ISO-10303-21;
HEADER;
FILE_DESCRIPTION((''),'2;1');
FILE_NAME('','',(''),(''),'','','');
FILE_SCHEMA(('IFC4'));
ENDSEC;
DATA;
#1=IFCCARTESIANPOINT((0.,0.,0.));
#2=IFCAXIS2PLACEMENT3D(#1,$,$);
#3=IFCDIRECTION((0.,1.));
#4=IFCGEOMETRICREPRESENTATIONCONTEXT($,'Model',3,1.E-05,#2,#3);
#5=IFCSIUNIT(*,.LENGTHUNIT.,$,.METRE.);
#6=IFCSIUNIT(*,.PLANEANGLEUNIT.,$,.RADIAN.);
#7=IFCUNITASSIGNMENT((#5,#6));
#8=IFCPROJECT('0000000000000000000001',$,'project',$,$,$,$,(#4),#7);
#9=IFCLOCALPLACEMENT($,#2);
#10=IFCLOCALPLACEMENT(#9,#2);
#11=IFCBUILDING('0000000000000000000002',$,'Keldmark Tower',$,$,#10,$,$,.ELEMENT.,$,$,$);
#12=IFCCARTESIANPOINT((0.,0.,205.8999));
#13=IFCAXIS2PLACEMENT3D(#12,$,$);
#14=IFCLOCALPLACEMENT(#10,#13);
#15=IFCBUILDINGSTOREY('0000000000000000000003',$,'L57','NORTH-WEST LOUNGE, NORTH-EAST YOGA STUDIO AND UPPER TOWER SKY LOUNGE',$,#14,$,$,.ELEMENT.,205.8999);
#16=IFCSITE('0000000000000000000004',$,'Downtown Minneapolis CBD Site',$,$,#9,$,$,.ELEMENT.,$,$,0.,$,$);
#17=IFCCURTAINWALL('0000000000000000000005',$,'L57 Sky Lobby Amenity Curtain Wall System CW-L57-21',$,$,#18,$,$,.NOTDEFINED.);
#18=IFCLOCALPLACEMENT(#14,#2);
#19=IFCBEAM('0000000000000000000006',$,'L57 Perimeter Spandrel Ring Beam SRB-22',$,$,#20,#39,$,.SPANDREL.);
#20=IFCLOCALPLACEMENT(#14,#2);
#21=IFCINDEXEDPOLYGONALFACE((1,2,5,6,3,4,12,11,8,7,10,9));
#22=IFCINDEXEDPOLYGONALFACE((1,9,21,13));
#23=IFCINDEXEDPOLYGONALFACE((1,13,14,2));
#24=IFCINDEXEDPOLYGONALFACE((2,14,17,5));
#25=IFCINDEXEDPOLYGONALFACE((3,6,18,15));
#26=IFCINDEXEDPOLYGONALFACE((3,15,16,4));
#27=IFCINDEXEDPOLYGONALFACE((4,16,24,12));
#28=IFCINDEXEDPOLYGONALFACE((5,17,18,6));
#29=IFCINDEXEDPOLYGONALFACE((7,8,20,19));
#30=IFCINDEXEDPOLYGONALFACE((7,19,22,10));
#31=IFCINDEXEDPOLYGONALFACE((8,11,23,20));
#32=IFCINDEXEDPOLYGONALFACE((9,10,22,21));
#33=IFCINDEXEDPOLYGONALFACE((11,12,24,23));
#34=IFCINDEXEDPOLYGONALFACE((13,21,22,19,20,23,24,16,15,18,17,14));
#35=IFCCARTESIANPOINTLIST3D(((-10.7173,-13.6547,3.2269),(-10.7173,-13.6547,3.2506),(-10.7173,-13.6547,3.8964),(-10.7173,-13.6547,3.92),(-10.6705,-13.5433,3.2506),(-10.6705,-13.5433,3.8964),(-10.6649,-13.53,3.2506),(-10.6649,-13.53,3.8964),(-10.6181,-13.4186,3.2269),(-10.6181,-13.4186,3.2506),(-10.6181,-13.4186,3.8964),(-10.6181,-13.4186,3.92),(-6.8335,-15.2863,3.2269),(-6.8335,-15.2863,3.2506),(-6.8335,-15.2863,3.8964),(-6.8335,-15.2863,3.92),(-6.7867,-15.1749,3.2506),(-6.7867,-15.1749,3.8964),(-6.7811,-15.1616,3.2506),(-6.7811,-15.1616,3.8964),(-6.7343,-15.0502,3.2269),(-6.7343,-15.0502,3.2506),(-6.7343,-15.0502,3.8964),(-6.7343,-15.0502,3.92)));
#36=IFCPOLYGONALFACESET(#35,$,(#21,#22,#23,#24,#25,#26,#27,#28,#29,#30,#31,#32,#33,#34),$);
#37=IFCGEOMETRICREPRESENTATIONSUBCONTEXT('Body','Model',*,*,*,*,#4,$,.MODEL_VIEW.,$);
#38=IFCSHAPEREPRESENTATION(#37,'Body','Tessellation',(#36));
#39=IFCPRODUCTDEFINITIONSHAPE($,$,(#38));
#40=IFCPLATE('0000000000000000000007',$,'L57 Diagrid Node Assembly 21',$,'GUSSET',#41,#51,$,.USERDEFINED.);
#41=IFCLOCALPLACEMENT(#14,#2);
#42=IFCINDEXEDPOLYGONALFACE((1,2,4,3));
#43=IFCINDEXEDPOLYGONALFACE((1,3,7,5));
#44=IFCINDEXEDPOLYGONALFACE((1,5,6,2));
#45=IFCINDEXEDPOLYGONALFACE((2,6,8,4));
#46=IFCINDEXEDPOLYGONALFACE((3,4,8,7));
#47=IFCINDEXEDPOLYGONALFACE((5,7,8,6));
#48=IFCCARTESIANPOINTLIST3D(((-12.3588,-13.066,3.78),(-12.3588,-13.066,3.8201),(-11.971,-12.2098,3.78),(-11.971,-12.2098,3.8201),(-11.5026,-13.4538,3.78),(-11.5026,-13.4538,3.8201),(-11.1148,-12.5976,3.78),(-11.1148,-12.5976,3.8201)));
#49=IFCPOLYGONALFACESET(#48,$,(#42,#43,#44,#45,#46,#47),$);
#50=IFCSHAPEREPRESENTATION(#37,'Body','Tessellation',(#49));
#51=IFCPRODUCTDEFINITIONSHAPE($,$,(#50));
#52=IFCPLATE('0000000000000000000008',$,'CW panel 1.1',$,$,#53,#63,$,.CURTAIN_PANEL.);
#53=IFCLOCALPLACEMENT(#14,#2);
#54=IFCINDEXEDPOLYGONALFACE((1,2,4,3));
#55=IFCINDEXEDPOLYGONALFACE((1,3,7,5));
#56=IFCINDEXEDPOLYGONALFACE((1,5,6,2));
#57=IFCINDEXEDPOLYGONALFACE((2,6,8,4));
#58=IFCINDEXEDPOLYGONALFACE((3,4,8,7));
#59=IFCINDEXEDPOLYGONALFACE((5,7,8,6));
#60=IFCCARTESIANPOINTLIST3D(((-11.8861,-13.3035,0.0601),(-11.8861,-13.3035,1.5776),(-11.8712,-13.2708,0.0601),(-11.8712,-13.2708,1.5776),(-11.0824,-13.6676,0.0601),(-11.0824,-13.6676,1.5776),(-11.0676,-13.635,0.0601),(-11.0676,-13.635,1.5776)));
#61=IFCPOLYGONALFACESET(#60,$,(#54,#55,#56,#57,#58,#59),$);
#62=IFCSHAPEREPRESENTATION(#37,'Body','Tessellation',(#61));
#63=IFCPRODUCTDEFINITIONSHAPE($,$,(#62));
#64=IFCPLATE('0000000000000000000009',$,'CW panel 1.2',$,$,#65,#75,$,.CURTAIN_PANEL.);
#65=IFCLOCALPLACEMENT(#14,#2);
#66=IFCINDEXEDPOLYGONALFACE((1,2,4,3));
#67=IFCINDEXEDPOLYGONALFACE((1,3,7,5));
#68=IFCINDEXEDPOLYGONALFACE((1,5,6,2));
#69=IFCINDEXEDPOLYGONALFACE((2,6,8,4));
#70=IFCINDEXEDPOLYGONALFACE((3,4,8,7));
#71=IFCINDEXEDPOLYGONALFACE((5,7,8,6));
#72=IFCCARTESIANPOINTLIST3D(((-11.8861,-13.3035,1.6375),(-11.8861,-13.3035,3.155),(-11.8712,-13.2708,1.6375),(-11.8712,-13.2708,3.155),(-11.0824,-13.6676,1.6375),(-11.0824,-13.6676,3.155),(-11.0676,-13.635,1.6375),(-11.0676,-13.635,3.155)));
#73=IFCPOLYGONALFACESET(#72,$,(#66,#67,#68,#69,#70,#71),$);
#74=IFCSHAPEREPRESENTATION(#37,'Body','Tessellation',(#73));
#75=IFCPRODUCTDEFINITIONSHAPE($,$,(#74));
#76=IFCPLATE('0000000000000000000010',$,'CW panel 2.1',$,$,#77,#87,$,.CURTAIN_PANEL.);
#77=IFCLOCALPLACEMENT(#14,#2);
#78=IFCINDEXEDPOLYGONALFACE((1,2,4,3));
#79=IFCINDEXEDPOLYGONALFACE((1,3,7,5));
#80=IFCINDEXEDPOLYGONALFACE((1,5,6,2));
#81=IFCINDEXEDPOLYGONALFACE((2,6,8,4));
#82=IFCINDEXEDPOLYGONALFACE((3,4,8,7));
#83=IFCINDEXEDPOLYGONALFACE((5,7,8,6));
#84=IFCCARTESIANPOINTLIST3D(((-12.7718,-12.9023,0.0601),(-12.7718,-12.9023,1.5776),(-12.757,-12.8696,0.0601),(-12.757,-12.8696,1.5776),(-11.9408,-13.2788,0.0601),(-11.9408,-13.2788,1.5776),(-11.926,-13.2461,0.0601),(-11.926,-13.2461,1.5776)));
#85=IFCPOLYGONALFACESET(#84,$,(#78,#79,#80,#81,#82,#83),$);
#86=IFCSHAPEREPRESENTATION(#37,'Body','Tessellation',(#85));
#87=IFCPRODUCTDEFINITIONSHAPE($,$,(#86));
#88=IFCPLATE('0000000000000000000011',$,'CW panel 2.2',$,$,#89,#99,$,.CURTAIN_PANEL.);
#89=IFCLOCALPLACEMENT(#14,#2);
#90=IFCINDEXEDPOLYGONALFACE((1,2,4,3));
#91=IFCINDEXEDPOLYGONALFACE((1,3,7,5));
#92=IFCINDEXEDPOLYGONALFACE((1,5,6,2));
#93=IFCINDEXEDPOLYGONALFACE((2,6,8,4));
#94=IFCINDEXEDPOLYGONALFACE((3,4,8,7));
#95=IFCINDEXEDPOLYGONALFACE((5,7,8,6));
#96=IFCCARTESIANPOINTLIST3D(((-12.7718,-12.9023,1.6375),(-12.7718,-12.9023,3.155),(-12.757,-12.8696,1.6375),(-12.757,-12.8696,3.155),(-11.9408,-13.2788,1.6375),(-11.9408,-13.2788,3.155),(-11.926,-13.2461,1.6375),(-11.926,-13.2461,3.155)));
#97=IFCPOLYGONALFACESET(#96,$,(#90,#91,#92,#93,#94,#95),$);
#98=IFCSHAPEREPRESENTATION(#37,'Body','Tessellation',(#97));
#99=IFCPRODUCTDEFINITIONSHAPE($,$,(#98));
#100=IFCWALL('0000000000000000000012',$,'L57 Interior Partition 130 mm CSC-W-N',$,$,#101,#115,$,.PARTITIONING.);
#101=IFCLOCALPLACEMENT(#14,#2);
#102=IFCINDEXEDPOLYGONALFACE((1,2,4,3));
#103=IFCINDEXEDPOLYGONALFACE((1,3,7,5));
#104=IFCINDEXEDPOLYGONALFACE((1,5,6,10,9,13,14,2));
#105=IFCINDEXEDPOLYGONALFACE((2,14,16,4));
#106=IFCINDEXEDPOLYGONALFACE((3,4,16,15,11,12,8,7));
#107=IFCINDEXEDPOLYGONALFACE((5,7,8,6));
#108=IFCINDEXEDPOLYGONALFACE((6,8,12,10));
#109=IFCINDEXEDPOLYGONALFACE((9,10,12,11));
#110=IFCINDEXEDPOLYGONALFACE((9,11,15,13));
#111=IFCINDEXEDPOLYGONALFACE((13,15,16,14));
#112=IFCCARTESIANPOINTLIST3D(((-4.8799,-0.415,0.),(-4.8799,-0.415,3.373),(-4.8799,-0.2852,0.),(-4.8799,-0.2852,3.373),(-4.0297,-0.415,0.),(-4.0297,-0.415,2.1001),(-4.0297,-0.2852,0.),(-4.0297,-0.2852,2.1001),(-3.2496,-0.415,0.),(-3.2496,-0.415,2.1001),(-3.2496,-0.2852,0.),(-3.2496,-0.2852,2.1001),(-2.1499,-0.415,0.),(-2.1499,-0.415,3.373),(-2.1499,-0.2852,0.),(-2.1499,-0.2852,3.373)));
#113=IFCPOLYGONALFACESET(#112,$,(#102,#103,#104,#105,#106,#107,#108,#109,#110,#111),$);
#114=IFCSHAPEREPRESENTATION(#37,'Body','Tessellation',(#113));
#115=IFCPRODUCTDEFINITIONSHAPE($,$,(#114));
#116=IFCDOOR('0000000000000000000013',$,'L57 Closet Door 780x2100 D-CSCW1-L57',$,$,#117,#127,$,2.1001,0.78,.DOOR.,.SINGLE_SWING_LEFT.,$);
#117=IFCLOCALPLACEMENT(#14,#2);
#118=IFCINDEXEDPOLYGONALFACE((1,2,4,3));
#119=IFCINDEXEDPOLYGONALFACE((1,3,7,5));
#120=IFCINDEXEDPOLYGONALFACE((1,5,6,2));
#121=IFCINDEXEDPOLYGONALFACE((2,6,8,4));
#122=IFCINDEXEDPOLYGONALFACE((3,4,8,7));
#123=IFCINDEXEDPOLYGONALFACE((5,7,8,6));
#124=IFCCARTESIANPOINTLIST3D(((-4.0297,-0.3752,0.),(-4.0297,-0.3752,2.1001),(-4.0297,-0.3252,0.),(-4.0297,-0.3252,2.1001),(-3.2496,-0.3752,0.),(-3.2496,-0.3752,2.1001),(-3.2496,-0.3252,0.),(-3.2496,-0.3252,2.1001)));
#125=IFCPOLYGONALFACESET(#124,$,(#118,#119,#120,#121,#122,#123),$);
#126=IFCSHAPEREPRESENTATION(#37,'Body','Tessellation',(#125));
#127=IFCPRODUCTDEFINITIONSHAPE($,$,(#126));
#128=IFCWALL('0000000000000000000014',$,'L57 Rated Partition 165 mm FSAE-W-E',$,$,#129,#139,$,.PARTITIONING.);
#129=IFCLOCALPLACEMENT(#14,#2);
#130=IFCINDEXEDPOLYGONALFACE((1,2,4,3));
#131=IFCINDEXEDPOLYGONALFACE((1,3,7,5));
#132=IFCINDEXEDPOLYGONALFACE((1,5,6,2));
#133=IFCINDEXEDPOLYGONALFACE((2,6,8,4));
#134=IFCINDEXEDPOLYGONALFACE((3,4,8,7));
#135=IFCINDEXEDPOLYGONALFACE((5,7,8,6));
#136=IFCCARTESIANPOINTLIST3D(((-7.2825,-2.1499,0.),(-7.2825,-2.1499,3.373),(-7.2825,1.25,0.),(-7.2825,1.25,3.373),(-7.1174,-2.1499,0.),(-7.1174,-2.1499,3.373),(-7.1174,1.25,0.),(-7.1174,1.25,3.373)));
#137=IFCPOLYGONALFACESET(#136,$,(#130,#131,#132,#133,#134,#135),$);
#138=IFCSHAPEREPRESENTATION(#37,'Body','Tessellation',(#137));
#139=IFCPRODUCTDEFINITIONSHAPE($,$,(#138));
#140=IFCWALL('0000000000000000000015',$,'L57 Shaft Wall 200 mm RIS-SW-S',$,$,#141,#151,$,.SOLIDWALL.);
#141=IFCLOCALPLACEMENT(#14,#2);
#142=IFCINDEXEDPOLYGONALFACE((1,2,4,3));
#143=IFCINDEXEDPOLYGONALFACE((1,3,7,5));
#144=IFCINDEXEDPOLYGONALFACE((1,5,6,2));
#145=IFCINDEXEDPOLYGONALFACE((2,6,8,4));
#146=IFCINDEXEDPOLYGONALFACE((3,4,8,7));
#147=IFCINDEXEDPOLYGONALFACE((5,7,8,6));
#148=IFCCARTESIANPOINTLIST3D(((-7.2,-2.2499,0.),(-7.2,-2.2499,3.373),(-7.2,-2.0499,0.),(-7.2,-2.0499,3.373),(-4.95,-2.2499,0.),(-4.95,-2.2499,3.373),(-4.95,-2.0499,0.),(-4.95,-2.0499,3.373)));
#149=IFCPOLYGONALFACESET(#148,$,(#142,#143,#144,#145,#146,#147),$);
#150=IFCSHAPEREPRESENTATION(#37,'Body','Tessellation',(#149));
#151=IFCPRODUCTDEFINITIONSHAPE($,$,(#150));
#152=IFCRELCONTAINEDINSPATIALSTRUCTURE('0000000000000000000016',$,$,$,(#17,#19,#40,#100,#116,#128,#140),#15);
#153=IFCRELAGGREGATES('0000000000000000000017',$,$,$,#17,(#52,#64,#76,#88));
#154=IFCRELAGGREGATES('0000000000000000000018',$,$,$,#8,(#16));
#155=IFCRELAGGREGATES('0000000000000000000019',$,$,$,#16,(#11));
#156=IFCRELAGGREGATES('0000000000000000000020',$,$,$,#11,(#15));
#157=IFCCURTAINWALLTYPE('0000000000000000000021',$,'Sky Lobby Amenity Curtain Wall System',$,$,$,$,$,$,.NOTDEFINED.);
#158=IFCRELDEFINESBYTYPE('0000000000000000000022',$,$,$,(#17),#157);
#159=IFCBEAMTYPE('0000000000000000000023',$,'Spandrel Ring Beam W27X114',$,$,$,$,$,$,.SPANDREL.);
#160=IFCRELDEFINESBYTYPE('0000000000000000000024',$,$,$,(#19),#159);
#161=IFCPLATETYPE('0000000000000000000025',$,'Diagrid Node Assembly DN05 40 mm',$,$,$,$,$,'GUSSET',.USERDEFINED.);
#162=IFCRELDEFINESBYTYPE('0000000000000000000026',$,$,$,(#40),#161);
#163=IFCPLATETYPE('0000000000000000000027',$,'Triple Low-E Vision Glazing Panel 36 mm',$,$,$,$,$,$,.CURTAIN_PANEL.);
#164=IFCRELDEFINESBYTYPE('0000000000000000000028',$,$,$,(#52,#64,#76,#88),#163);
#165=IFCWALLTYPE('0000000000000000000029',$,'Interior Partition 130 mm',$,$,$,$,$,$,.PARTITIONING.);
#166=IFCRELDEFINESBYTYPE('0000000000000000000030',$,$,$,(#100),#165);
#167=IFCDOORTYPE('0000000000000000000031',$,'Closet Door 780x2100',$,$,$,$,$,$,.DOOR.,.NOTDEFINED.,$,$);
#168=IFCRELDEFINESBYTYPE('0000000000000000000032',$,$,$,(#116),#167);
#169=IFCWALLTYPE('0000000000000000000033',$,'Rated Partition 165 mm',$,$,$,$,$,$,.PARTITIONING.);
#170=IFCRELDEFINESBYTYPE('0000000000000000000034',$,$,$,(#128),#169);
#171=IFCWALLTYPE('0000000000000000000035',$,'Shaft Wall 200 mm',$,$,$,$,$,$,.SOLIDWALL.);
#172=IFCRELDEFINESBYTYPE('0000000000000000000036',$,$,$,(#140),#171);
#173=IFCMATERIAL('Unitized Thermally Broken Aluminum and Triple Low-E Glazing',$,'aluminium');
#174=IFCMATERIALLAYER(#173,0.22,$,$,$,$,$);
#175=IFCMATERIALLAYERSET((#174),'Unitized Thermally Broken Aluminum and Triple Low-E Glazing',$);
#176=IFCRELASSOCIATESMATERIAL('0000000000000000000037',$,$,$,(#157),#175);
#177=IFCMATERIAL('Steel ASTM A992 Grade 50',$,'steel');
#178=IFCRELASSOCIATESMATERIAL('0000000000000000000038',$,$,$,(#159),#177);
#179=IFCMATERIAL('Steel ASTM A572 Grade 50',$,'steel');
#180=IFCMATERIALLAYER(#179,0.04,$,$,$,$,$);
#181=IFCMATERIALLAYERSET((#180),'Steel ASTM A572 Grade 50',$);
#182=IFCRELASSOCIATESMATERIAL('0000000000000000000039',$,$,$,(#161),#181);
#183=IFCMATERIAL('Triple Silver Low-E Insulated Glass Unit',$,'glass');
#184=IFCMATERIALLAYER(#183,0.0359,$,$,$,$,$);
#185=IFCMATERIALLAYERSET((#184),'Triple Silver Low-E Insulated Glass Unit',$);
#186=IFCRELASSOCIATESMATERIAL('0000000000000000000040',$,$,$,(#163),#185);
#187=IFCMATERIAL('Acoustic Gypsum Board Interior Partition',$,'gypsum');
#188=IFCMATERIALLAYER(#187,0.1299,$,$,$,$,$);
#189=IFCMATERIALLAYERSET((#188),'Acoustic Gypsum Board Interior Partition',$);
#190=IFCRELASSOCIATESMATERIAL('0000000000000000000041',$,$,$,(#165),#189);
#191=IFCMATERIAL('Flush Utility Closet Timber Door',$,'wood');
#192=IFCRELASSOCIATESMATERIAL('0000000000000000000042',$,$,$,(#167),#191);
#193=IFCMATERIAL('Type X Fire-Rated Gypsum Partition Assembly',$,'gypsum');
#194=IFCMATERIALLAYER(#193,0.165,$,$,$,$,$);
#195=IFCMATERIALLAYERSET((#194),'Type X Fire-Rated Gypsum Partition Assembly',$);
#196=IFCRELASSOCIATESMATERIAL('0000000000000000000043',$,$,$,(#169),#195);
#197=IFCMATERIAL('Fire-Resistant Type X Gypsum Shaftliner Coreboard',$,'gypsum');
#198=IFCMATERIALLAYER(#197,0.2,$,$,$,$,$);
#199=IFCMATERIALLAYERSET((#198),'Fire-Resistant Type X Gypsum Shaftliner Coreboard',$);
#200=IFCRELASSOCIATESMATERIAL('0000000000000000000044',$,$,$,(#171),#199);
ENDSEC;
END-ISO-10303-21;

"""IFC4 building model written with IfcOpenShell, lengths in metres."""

from ifc_helpers import new_model, si_unit, direction, frame, frame_2d, origin, origin_2d, place, context, subcontext, project, spatial, rectangle, i_section, extrude, material, layer, layer_set, material_profile, profile_set, type_object, element, fill, aggregate, save


model = new_model("IFC4")

# Units and contexts
model_context = context("Model", 3, precision=1e-05, world=origin(), true_north=direction((0.0, 1.0)))
body_context = subcontext(model_context, "Body", "Model", "MODEL_VIEW")
ifc_project = project(units=[si_unit("LENGTHUNIT", "METRE"), si_unit("PLANEANGLEUNIT", "RADIAN")], contexts=[model_context])

# Site, building, storey
site_placement = place(None, origin())
site = spatial("IfcSite", under=ifc_project, at=site_placement, Name="Downtown Minneapolis CBD Site", CompositionType="ELEMENT", RefElevation=0.0)
building_placement = place(site_placement, origin())
building = spatial("IfcBuilding", under=site, at=building_placement, Name="Keldmark Tower", CompositionType="ELEMENT")
storey_placement = place(building_placement, frame((0.0, 0.0, 205.8999)))
storey = spatial("IfcBuildingStorey", under=building, at=storey_placement, Name="L57", Description="NORTH-WEST LOUNGE, NORTH-EAST YOGA STUDIO AND UPPER TOWER SKY LOUNGE", CompositionType="ELEMENT", Elevation=205.8999)

# Curtain wall
ifc_material_1 = material(Name="Unitized Thermally Broken Aluminum and Triple Low-E Glazing", Category="aluminium")
ifc_layer_1 = layer(ifc_material_1, 0.22)
ifc_layer_set_1 = layer_set([ifc_layer_1], Name="Unitized Thermally Broken Aluminum and Triple Low-E Glazing")
curtain_wall_type = type_object("IfcCurtainWallType", Name="Sky Lobby Amenity Curtain Wall System", PredefinedType="NOTDEFINED", material=ifc_layer_set_1)
curtain_wall_placement = place(storey_placement, origin())
curtain_wall = element("IfcCurtainWall", 1, at=curtain_wall_placement, inside=storey, type_object=curtain_wall_type, Name="L57 Sky Lobby Amenity Curtain Wall System CW-L57-21", PredefinedType="NOTDEFINED")

# Beam
ifc_material_2 = material(Name="Steel ASTM A992 Grade 50", Category="steel")
ifc_material_profile_1 = material_profile(ifc_material_2, i_section(OverallWidth=0.2561, OverallDepth=0.6931, WebThickness=0.0144, FlangeThickness=0.0237, at=origin_2d()), Name="W27X114")
ifc_profile_set_1 = profile_set([ifc_material_profile_1], Name="Steel ASTM A992 Grade 50")
beam_type_1 = type_object("IfcBeamType", Name="Spandrel Ring Beam W27X114", PredefinedType="SPANDREL", material=ifc_profile_set_1)
beam_1_placement = place(storey_placement, frame((-10.6677, -13.5366, 3.5735), z_axis=(0.921948, -0.387313, 0.0), x_axis=(0.387313, 0.921948, 0.0)))
element("IfcBeam", 2, at=beam_1_placement, inside=storey, type_object=beam_type_1, Name="L57 Perimeter Spandrel Ring Beam SRB-22", PredefinedType="SPANDREL", context=body_context, shape_type="SweptSolid", body=[
    extrude(i_section(OverallWidth=0.2561, OverallDepth=0.6931, WebThickness=0.0144, FlangeThickness=0.0237, at=origin_2d()), origin(), (0.0, 0.0, 1.0), 4.2126),
])

# Plates
ifc_material_3 = material(Name="Steel ASTM A572 Grade 50", Category="steel")
ifc_layer_2 = layer(ifc_material_3, 0.04)
ifc_layer_set_2 = layer_set([ifc_layer_2], Name="Steel ASTM A572 Grade 50")
plate_type_1 = type_object("IfcPlateType", Name="Diagrid Node Assembly DN05 40 mm", ElementType="GUSSET", PredefinedType="USERDEFINED", material=ifc_layer_set_2)
plate_1_placement = place(storey_placement, frame((-11.7368, -12.8318, 3.78), z_axis=(0.0, 0.0, 1.0), x_axis=(0.9109, -0.412628, 0.0)))
element("IfcPlate", 3, at=plate_1_placement, inside=storey, type_object=plate_type_1, Name="L57 Diagrid Node Assembly 21", ObjectType="GUSSET", PredefinedType="USERDEFINED", context=body_context, shape_type="SweptSolid", body=[
    extrude(rectangle(XDim=0.9399, YDim=0.9399, at=origin_2d()), origin(), (0.0, 0.0, 1.0), 0.04),
])
ifc_material_4 = material(Name="Triple Silver Low-E Insulated Glass Unit", Category="glass")
ifc_layer_3 = layer(ifc_material_4, 0.0359)
ifc_layer_set_3 = layer_set([ifc_layer_3], Name="Triple Silver Low-E Insulated Glass Unit")
plate_type_2 = type_object("IfcPlateType", Name="Triple Low-E Vision Glazing Panel 36 mm", PredefinedType="CURTAIN_PANEL", material=ifc_layer_set_3)
plate_2_placement = place(storey_placement, frame((-11.4768, -13.4692, 0.0601), z_axis=(0.0, 0.0, 1.0), x_axis=(-0.91087, 0.412693, 0.0)))
plate_2 = element("IfcPlate", 4, at=plate_2_placement, type_object=plate_type_2, Name="CW panel 1.1", PredefinedType="CURTAIN_PANEL", context=body_context, shape_type="SweptSolid", body=[
    extrude(rectangle(XDim=0.8823, YDim=0.0359, at=origin_2d()), origin(), (0.0, 0.0, 1.0), 1.5176),
])
plate_3_placement = place(storey_placement, frame((-11.4768, -13.4692, 1.6375), z_axis=(0.0, 0.0, 1.0), x_axis=(-0.91087, 0.412693, 0.0)))
plate_3 = element("IfcPlate", 5, at=plate_3_placement, type_object=plate_type_2, Name="CW panel 1.2", PredefinedType="CURTAIN_PANEL", context=body_context, shape_type="SweptSolid", body=[
    extrude(rectangle(XDim=0.8823, YDim=0.0359, at=origin_2d()), origin(), (0.0, 0.0, 1.0), 1.5176),
])
plate_4_placement = place(storey_placement, frame((-12.3489, -13.0742, 0.0601), z_axis=(0.0, 0.0, 1.0), x_axis=(-0.91087, 0.412693, 0.0)))
plate_4 = element("IfcPlate", 6, at=plate_4_placement, type_object=plate_type_2, Name="CW panel 2.1", PredefinedType="CURTAIN_PANEL", context=body_context, shape_type="SweptSolid", body=[
    extrude(rectangle(XDim=0.9124, YDim=0.0359, at=origin_2d()), origin(), (0.0, 0.0, 1.0), 1.5176),
])
plate_5_placement = place(storey_placement, frame((-12.3489, -13.0742, 1.6375), z_axis=(0.0, 0.0, 1.0), x_axis=(-0.91087, 0.412693, 0.0)))
plate_5 = element("IfcPlate", 7, at=plate_5_placement, type_object=plate_type_2, Name="CW panel 2.2", PredefinedType="CURTAIN_PANEL", context=body_context, shape_type="SweptSolid", body=[
    extrude(rectangle(XDim=0.9124, YDim=0.0359, at=origin_2d()), origin(), (0.0, 0.0, 1.0), 1.5176),
])
aggregate(curtain_wall, [plate_2, plate_3, plate_4, plate_5])

# Wall, opening, door
ifc_material_5 = material(Name="Acoustic Gypsum Board Interior Partition", Category="gypsum")
ifc_layer_4 = layer(ifc_material_5, 0.1299)
ifc_layer_set_4 = layer_set([ifc_layer_4], Name="Acoustic Gypsum Board Interior Partition")
wall_type_1 = type_object("IfcWallType", Name="Interior Partition 130 mm", PredefinedType="PARTITIONING", material=ifc_layer_set_4)
wall_1_placement = place(storey_placement, frame((-4.8799, -0.3501, 0.0), z_axis=(0.0, 0.0, 1.0), x_axis=(1.0, 0.0, 0.0)))
wall_1 = element("IfcWall", 8, at=wall_1_placement, inside=storey, type_object=wall_type_1, Name="L57 Interior Partition 130 mm CSC-W-N", PredefinedType="PARTITIONING", context=body_context, shape_type="SweptSolid", body=[
    extrude(rectangle(XDim=2.73, YDim=0.1299, at=frame_2d((1.365, 0.0))), origin(), (0.0, 0.0, 1.0), 3.373),
])
opening_1_placement = place(wall_1_placement, frame((0.8501, 0.0, 0.0)))
opening_1 = element("IfcOpeningElement", 9, at=opening_1_placement, cuts=wall_1, PredefinedType="OPENING", context=body_context, shape_type="SweptSolid", body=[
    extrude(rectangle(XDim=0.78, YDim=2.1001, at=frame_2d((0.3901, 1.05))), frame((0.0, 0.075, 0.0), z_axis=(0.0, -1.0, 0.0), x_axis=(1.0, 0.0, 0.0)), (0.0, 0.0, 1.0), 0.1499),
])
ifc_material_6 = material(Name="Flush Utility Closet Timber Door", Category="wood")
door_type_1 = type_object("IfcDoorType", Name="Closet Door 780x2100", OperationType="NOTDEFINED", PredefinedType="DOOR", material=ifc_material_6)
door_1_placement = place(opening_1_placement, origin())
door_1 = element("IfcDoor", 10, at=door_1_placement, inside=storey, type_object=door_type_1, Name="L57 Closet Door 780x2100 D-CSCW1-L57", OperationType="SINGLE_SWING_LEFT", OverallHeight=2.1001, OverallWidth=0.78, PredefinedType="DOOR", context=body_context, shape_type="SweptSolid", body=[
    extrude(rectangle(XDim=0.78, YDim=2.1001, at=frame_2d((0.3901, 1.05))), frame((0.0, 0.0249, 0.0), z_axis=(0.0, -1.0, 0.0), x_axis=(1.0, 0.0, 0.0)), (0.0, 0.0, 1.0), 0.05),
])
fill(opening_1, door_1)

# Walls
ifc_material_7 = material(Name="Type X Fire-Rated Gypsum Partition Assembly", Category="gypsum")
ifc_layer_5 = layer(ifc_material_7, 0.165)
ifc_layer_set_5 = layer_set([ifc_layer_5], Name="Type X Fire-Rated Gypsum Partition Assembly")
wall_type_2 = type_object("IfcWallType", Name="Rated Partition 165 mm", PredefinedType="PARTITIONING", material=ifc_layer_set_5)
wall_2_placement = place(storey_placement, frame((-7.2, -2.1499, 0.0), z_axis=(0.0, 0.0, 1.0), x_axis=(0.0, 1.0, 0.0)))
element("IfcWall", 11, at=wall_2_placement, inside=storey, type_object=wall_type_2, Name="L57 Rated Partition 165 mm FSAE-W-E", PredefinedType="PARTITIONING", context=body_context, shape_type="SweptSolid", body=[
    extrude(rectangle(XDim=3.3999, YDim=0.165, at=frame_2d((1.7, 0.0))), origin(), (0.0, 0.0, 1.0), 3.373),
])
ifc_material_8 = material(Name="Fire-Resistant Type X Gypsum Shaftliner Coreboard", Category="gypsum")
ifc_layer_6 = layer(ifc_material_8, 0.2)
ifc_layer_set_6 = layer_set([ifc_layer_6], Name="Fire-Resistant Type X Gypsum Shaftliner Coreboard")
wall_type_3 = type_object("IfcWallType", Name="Shaft Wall 200 mm", PredefinedType="SOLIDWALL", material=ifc_layer_set_6)
wall_3_placement = place(storey_placement, frame((-7.2, -2.1499, 0.0), z_axis=(0.0, 0.0, 1.0), x_axis=(1.0, 0.0, 0.0)))
element("IfcWall", 12, at=wall_3_placement, inside=storey, type_object=wall_type_3, Name="L57 Shaft Wall 200 mm RIS-SW-S", PredefinedType="SOLIDWALL", context=body_context, shape_type="SweptSolid", body=[
    extrude(rectangle(XDim=2.25, YDim=0.2, at=frame_2d((1.125, 0.0))), origin(), (0.0, 0.0, 1.0), 3.373),
])

save(model, "model.ifc")
